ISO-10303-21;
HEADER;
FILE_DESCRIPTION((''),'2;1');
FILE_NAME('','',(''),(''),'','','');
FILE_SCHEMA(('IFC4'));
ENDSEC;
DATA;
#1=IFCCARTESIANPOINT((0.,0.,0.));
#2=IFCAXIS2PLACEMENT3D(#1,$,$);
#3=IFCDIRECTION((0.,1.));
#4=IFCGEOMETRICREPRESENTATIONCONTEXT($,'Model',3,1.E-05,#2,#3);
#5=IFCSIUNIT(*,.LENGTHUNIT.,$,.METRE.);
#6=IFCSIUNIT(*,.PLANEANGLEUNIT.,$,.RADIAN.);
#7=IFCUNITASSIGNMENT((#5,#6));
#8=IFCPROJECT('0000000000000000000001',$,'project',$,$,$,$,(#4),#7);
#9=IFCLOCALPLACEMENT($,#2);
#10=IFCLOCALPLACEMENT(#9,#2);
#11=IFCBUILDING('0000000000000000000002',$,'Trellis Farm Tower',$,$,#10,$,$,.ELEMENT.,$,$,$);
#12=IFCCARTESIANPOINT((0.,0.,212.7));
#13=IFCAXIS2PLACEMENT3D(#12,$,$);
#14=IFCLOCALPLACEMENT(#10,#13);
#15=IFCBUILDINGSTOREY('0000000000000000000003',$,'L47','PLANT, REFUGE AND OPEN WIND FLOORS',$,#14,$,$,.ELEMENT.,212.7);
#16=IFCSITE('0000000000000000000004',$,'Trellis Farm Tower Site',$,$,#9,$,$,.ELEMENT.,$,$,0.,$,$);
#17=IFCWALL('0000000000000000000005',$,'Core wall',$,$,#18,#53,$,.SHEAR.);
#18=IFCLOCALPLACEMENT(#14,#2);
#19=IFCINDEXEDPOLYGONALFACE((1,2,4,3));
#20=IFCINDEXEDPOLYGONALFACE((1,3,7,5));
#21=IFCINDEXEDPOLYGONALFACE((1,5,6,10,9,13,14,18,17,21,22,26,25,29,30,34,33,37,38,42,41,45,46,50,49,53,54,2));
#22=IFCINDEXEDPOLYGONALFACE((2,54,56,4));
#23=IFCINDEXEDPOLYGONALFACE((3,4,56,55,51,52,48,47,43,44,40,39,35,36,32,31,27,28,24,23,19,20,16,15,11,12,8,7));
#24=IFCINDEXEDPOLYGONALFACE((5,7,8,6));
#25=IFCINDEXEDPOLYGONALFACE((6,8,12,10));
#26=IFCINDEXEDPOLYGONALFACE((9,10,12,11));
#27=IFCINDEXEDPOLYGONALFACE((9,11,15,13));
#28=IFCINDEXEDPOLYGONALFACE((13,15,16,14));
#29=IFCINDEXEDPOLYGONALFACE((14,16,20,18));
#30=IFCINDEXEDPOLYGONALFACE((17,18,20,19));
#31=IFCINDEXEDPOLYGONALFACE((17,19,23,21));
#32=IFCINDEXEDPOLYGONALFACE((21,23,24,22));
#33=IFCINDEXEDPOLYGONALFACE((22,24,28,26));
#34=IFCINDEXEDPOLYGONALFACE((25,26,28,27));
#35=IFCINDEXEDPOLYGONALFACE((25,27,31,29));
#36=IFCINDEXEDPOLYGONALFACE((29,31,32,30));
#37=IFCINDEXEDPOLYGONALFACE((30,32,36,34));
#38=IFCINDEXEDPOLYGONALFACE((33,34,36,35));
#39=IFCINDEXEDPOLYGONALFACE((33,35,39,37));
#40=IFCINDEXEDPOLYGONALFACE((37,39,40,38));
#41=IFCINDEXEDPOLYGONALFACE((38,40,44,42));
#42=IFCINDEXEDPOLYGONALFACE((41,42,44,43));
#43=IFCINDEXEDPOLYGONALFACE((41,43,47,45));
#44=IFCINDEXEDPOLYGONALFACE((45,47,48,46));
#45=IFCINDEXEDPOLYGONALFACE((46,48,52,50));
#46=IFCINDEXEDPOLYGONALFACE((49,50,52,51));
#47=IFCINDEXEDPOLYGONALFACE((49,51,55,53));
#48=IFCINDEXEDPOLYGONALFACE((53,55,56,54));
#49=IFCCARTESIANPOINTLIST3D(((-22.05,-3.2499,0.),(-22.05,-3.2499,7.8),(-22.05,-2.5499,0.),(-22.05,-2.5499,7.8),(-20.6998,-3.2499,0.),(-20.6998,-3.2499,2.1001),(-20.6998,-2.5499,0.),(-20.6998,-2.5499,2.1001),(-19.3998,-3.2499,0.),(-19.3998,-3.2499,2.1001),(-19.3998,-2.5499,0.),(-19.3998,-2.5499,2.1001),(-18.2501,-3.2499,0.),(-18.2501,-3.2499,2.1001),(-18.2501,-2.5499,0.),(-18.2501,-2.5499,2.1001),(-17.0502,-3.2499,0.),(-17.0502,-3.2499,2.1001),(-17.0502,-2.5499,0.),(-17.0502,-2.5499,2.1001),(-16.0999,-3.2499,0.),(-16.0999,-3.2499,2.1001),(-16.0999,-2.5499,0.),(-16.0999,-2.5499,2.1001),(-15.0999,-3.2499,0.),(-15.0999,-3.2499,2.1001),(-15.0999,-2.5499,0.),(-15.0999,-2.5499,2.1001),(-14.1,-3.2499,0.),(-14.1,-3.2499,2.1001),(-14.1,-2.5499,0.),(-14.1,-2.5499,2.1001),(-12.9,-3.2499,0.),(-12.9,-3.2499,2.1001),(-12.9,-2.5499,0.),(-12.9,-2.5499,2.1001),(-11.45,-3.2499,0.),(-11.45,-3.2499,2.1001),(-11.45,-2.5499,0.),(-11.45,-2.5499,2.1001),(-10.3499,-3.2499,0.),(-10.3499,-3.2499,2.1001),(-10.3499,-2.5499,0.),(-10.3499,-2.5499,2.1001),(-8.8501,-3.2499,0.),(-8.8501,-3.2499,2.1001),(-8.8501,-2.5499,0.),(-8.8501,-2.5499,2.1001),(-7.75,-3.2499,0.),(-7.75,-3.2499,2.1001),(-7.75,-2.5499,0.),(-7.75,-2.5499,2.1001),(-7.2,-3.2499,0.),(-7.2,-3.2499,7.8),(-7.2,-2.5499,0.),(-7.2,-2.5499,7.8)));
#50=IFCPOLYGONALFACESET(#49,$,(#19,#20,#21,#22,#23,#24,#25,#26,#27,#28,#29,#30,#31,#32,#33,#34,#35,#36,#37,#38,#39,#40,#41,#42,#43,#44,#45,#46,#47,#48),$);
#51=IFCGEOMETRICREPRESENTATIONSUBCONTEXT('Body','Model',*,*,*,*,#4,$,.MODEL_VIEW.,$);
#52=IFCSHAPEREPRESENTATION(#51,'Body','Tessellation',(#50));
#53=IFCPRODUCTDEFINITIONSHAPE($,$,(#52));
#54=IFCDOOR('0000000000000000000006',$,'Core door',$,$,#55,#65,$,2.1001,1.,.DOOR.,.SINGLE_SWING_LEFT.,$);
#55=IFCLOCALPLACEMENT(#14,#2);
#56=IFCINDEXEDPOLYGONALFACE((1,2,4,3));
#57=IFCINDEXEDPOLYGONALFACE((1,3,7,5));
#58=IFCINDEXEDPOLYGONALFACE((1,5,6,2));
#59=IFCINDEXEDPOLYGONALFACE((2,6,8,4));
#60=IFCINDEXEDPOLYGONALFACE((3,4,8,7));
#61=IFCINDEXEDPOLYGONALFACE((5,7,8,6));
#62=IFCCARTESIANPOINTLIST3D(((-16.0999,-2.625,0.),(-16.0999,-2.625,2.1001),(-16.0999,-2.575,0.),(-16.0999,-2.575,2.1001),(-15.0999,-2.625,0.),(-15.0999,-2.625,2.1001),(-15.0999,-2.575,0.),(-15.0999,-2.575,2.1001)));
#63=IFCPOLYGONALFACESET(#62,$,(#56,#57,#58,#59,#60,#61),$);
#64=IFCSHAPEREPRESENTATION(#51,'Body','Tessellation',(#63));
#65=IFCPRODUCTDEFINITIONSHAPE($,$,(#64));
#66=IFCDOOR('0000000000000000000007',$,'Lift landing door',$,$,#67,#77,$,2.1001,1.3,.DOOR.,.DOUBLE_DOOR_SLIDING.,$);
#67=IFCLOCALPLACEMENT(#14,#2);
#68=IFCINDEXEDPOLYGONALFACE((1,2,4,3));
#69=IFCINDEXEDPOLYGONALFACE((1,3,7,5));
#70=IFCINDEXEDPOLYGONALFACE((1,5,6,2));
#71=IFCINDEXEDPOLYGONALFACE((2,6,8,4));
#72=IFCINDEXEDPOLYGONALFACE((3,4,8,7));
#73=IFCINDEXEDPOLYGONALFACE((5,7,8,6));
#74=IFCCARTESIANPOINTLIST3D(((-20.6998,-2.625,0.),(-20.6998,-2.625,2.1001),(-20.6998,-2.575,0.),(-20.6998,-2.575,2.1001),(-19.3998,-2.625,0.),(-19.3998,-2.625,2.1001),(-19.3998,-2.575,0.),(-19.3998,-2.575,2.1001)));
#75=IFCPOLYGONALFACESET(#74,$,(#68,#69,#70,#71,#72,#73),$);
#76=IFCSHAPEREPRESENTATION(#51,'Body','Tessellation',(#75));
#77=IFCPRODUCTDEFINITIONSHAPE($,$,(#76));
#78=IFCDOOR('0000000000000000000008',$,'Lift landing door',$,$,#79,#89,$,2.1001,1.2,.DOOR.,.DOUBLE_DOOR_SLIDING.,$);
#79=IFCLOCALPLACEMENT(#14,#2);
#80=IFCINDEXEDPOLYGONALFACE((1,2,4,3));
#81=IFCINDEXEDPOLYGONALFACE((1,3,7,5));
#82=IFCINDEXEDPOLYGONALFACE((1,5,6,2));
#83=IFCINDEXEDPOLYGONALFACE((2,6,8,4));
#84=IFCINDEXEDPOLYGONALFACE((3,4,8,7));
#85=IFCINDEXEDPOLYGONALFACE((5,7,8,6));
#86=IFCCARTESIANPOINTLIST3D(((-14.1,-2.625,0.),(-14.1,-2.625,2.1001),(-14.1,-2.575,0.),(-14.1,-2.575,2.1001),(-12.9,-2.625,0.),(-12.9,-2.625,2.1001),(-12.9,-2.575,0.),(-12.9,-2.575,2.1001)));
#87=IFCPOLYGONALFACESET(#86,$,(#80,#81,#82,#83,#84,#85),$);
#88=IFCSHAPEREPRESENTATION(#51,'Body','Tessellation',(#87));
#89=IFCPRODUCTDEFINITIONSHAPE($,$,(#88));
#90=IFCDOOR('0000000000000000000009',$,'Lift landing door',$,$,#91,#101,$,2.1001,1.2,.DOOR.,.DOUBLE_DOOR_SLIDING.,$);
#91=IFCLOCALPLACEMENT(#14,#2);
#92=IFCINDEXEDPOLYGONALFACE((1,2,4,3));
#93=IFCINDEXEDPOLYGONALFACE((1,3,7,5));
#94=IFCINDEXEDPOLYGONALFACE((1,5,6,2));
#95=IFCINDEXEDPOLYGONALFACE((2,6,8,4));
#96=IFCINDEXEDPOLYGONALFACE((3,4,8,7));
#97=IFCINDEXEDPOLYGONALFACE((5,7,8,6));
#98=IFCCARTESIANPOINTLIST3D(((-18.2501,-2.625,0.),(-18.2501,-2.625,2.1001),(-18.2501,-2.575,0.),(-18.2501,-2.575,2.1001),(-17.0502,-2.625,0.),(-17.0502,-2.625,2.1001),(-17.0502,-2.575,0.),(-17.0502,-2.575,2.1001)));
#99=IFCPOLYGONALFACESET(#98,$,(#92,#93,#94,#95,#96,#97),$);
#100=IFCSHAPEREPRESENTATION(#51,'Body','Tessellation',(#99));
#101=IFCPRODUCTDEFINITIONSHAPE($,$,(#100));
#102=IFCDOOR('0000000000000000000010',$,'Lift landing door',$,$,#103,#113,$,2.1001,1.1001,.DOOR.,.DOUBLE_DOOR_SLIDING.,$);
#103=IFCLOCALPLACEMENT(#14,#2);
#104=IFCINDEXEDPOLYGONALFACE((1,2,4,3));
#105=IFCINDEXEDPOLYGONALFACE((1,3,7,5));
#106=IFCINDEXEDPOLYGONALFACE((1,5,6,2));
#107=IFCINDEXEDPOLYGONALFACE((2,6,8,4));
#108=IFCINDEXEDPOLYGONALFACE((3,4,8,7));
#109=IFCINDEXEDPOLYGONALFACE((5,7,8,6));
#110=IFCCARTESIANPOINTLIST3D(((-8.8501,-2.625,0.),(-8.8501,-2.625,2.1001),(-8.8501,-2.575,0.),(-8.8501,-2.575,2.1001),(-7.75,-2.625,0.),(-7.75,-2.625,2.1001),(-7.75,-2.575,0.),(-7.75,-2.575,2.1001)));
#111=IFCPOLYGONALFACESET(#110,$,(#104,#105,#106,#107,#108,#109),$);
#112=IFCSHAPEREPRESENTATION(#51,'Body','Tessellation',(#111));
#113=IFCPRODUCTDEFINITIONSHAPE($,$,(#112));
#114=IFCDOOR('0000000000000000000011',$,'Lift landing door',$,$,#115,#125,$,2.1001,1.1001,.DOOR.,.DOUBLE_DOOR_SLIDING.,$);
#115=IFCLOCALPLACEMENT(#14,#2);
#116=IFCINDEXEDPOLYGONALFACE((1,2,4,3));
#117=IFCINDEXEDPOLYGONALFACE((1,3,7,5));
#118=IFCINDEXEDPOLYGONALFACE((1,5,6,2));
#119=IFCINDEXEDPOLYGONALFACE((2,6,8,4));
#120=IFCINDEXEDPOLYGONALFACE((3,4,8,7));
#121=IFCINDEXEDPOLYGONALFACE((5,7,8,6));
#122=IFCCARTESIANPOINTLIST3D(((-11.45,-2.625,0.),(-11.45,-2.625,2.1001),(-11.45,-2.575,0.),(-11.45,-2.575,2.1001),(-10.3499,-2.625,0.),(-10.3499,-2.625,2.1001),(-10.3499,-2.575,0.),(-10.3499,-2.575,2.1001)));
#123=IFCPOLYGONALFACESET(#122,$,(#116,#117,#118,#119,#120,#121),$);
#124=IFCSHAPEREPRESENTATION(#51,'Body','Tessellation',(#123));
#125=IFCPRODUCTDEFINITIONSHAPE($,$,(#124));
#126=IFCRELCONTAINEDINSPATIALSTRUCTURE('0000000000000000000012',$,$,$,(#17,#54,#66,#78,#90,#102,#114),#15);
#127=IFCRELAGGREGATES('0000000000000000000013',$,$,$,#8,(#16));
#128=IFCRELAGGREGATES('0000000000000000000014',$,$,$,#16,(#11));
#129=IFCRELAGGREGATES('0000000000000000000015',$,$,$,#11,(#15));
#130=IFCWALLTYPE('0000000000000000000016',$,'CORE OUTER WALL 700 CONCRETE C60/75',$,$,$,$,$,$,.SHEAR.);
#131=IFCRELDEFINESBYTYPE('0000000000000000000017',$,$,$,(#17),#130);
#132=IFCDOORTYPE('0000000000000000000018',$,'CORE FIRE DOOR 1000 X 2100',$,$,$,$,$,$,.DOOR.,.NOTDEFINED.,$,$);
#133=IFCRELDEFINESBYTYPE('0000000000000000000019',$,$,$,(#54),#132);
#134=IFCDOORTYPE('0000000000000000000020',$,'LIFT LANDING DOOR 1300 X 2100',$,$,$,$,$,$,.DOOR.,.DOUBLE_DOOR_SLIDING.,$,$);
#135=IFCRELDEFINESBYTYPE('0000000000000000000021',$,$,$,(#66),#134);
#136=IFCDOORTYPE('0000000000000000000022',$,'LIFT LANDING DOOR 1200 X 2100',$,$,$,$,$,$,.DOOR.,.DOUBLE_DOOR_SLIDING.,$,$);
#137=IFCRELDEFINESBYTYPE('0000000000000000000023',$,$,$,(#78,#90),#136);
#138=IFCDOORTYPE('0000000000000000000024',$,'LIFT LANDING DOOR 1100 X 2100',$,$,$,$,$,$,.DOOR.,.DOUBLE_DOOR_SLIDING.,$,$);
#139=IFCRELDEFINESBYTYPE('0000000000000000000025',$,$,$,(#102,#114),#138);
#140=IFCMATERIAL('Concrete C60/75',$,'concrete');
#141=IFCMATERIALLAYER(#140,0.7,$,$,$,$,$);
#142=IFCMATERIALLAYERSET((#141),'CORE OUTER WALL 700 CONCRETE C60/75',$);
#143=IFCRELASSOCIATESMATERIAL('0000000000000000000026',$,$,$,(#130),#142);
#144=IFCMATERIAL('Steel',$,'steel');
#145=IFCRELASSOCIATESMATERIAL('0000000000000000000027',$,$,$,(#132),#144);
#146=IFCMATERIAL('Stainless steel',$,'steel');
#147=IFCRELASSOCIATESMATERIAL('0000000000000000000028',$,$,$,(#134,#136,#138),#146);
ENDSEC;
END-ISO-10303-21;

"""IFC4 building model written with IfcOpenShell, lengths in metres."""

from ifc_helpers import new_model, si_unit, direction, frame, frame_2d, origin, place, context, subcontext, project, spatial, rectangle, extrude, source, transform, mapped, material, layer, layer_set, type_object, element, fill, save


model = new_model("IFC4")

# Units and contexts
model_context = context("Model", 3, precision=1e-05, world=origin(), true_north=direction((0.0, 1.0)))
body_context = subcontext(model_context, "Body", "Model", "MODEL_VIEW")
ifc_project = project(units=[si_unit("LENGTHUNIT", "METRE"), si_unit("PLANEANGLEUNIT", "RADIAN")], contexts=[model_context])

# Site, building, storey
site_placement = place(None, origin())
site = spatial("IfcSite", under=ifc_project, at=site_placement, Name="Trellis Farm Tower Site", CompositionType="ELEMENT", RefElevation=0.0)
building_placement = place(site_placement, origin())
building = spatial("IfcBuilding", under=site, at=building_placement, Name="Trellis Farm Tower", CompositionType="ELEMENT")
storey_placement = place(building_placement, frame((0.0, 0.0, 212.7)))
storey = spatial("IfcBuildingStorey", under=building, at=storey_placement, Name="L47", Description="PLANT, REFUGE AND OPEN WIND FLOORS", CompositionType="ELEMENT", Elevation=212.7)

# Shared definitions
ifc_material_1 = material(Name="Concrete C60/75", Category="concrete")

# Shared definitions
ifc_material_2 = material(Name="Steel", Category="steel")

# Wall, openings, doors
ifc_layer_1 = layer(ifc_material_1, 0.7)
ifc_layer_set_1 = layer_set([ifc_layer_1], Name="CORE OUTER WALL 700 CONCRETE C60/75")
wall_type_1 = type_object("IfcWallType", Name="CORE OUTER WALL 700 CONCRETE C60/75", PredefinedType="SHEAR", material=ifc_layer_set_1)
shared_shape_1 = source(origin(), body_context, "Body", "SweptSolid", [
    extrude(rectangle(XDim=14.8501, YDim=0.7, at=frame_2d((7.425, 0.0))), origin(), (0.0, 0.0, 1.0), 7.8),
])
wall_1_placement = place(storey_placement, frame((-7.2, -2.8999, 0.0), z_axis=(0.0, 0.0, 1.0), x_axis=(-1.0, 0.0, 0.0)))
wall_1 = element("IfcWall", 1, at=wall_1_placement, inside=storey, type_object=wall_type_1, Name="Core wall", PredefinedType="SHEAR", context=body_context, shape_type="MappedRepresentation", body=[
    mapped(shared_shape_1, transform((0.0, 0.0, 0.0))),
])
shared_shape_2 = source(origin(), body_context, "Body", "SweptSolid", [
    extrude(rectangle(XDim=1.1001, YDim=2.1001, at=frame_2d((0.55, 1.05))), frame((0.0, 0.3601, 0.0), z_axis=(0.0, -1.0, 0.0), x_axis=(1.0, 0.0, 0.0)), (0.0, 0.0, 1.0), 0.7202),
])
opening_1_placement = place(wall_1_placement, frame((0.55, 0.0, 0.0)))
opening_1 = element("IfcOpeningElement", 2, at=opening_1_placement, cuts=wall_1, PredefinedType="OPENING", context=body_context, shape_type="MappedRepresentation", body=[
    mapped(shared_shape_2, transform((0.0, 0.0, 0.0))),
])
opening_2_placement = place(wall_1_placement, frame((3.1499, 0.0, 0.0)))
opening_2 = element("IfcOpeningElement", 3, at=opening_2_placement, cuts=wall_1, PredefinedType="OPENING", context=body_context, shape_type="MappedRepresentation", body=[
    mapped(shared_shape_2, transform((0.0, 0.0, 0.0))),
])
shared_shape_3 = source(origin(), body_context, "Body", "SweptSolid", [
    extrude(rectangle(XDim=1.2, YDim=2.1001, at=frame_2d((0.6001, 1.05))), frame((0.0, 0.3601, 0.0), z_axis=(0.0, -1.0, 0.0), x_axis=(1.0, 0.0, 0.0)), (0.0, 0.0, 1.0), 0.7202),
])
opening_3_placement = place(wall_1_placement, frame((5.7, 0.0, 0.0)))
opening_3 = element("IfcOpeningElement", 4, at=opening_3_placement, cuts=wall_1, PredefinedType="OPENING", context=body_context, shape_type="MappedRepresentation", body=[
    mapped(shared_shape_3, transform((0.0, 0.0, 0.0))),
])
shared_shape_4 = source(origin(), body_context, "Body", "SweptSolid", [
    extrude(rectangle(XDim=1.3, YDim=2.1001, at=frame_2d((0.6499, 1.05))), frame((0.0, 0.3601, 0.0), z_axis=(0.0, -1.0, 0.0), x_axis=(1.0, 0.0, 0.0)), (0.0, 0.0, 1.0), 0.7202),
])
opening_4_placement = place(wall_1_placement, frame((12.2, 0.0, 0.0)))
opening_4 = element("IfcOpeningElement", 5, at=opening_4_placement, cuts=wall_1, PredefinedType="OPENING", context=body_context, shape_type="MappedRepresentation", body=[
    mapped(shared_shape_4, transform((0.0, 0.0, 0.0))),
])
opening_5_placement = place(wall_1_placement, frame((9.8501, 0.0, 0.0)))
opening_5 = element("IfcOpeningElement", 6, at=opening_5_placement, cuts=wall_1, PredefinedType="OPENING", context=body_context, shape_type="MappedRepresentation", body=[
    mapped(shared_shape_3, transform((0.0, 0.0, 0.0))),
])
shared_shape_5 = source(origin(), body_context, "Body", "SweptSolid", [
    extrude(rectangle(XDim=1.0, YDim=2.1001, at=frame_2d((0.5, 1.05))), frame((0.0, 0.3601, 0.0), z_axis=(0.0, -1.0, 0.0), x_axis=(1.0, 0.0, 0.0)), (0.0, 0.0, 1.0), 0.7202),
])
opening_6_placement = place(wall_1_placement, frame((7.8999, 0.0, 0.0)))
opening_6 = element("IfcOpeningElement", 7, at=opening_6_placement, cuts=wall_1, PredefinedType="OPENING", context=body_context, shape_type="MappedRepresentation", body=[
    mapped(shared_shape_5, transform((0.0, 0.0, 0.0))),
])
door_type_1 = type_object("IfcDoorType", Name="CORE FIRE DOOR 1000 X 2100", OperationType="NOTDEFINED", PredefinedType="DOOR", material=ifc_material_2)
shared_shape_6 = source(origin(), body_context, "Body", "SweptSolid", [
    extrude(rectangle(XDim=1.0, YDim=2.1001, at=frame_2d((0.5, 1.05))), frame((0.0, -0.2749, 0.0), z_axis=(0.0, -1.0, 0.0), x_axis=(1.0, 0.0, 0.0)), (0.0, 0.0, 1.0), 0.05),
])
door_1_placement = place(opening_6_placement, origin())
door_1 = element("IfcDoor", 8, at=door_1_placement, inside=storey, type_object=door_type_1, Name="Core door", OperationType="SINGLE_SWING_LEFT", OverallHeight=2.1001, OverallWidth=1.0, PredefinedType="DOOR", context=body_context, shape_type="MappedRepresentation", body=[
    mapped(shared_shape_6, transform((0.0, 0.0, 0.0))),
])
fill(opening_6, door_1)
ifc_material_3 = material(Name="Stainless steel", Category="steel")
door_type_2 = type_object("IfcDoorType", Name="LIFT LANDING DOOR 1300 X 2100", OperationType="DOUBLE_DOOR_SLIDING", PredefinedType="DOOR", material=ifc_material_3)
shared_shape_7 = source(origin(), body_context, "Body", "SweptSolid", [
    extrude(rectangle(XDim=1.3, YDim=2.1001, at=frame_2d((0.6499, 1.05))), frame((0.0, -0.2749, 0.0), z_axis=(0.0, -1.0, 0.0), x_axis=(1.0, 0.0, 0.0)), (0.0, 0.0, 1.0), 0.05),
])
door_2_placement = place(opening_4_placement, origin())
door_2 = element("IfcDoor", 9, at=door_2_placement, inside=storey, type_object=door_type_2, Name="Lift landing door", OperationType="DOUBLE_DOOR_SLIDING", OverallHeight=2.1001, OverallWidth=1.3, PredefinedType="DOOR", context=body_context, shape_type="MappedRepresentation", body=[
    mapped(shared_shape_7, transform((0.0, 0.0, 0.0))),
])
fill(opening_4, door_2)
door_type_3 = type_object("IfcDoorType", Name="LIFT LANDING DOOR 1200 X 2100", OperationType="DOUBLE_DOOR_SLIDING", PredefinedType="DOOR", material=ifc_material_3)
shared_shape_8 = source(origin(), body_context, "Body", "SweptSolid", [
    extrude(rectangle(XDim=1.2, YDim=2.1001, at=frame_2d((0.6001, 1.05))), frame((0.0, -0.2749, 0.0), z_axis=(0.0, -1.0, 0.0), x_axis=(1.0, 0.0, 0.0)), (0.0, 0.0, 1.0), 0.05),
])
door_3_placement = place(opening_3_placement, origin())
door_3 = element("IfcDoor", 10, at=door_3_placement, inside=storey, type_object=door_type_3, Name="Lift landing door", OperationType="DOUBLE_DOOR_SLIDING", OverallHeight=2.1001, OverallWidth=1.2, PredefinedType="DOOR", context=body_context, shape_type="MappedRepresentation", body=[
    mapped(shared_shape_8, transform((0.0, 0.0, 0.0))),
])
fill(opening_3, door_3)
door_4_placement = place(opening_5_placement, origin())
door_4 = element("IfcDoor", 11, at=door_4_placement, inside=storey, type_object=door_type_3, Name="Lift landing door", OperationType="DOUBLE_DOOR_SLIDING", OverallHeight=2.1001, OverallWidth=1.2, PredefinedType="DOOR", context=body_context, shape_type="MappedRepresentation", body=[
    mapped(shared_shape_8, transform((0.0, 0.0, 0.0))),
])
fill(opening_5, door_4)
door_type_4 = type_object("IfcDoorType", Name="LIFT LANDING DOOR 1100 X 2100", OperationType="DOUBLE_DOOR_SLIDING", PredefinedType="DOOR", material=ifc_material_3)
shared_shape_9 = source(origin(), body_context, "Body", "SweptSolid", [
    extrude(rectangle(XDim=1.1001, YDim=2.1001, at=frame_2d((0.55, 1.05))), frame((0.0, -0.2749, 0.0), z_axis=(0.0, -1.0, 0.0), x_axis=(1.0, 0.0, 0.0)), (0.0, 0.0, 1.0), 0.05),
])
door_5_placement = place(opening_1_placement, origin())
door_5 = element("IfcDoor", 12, at=door_5_placement, inside=storey, type_object=door_type_4, Name="Lift landing door", OperationType="DOUBLE_DOOR_SLIDING", OverallHeight=2.1001, OverallWidth=1.1001, PredefinedType="DOOR", context=body_context, shape_type="MappedRepresentation", body=[
    mapped(shared_shape_9, transform((0.0, 0.0, 0.0))),
])
fill(opening_1, door_5)
door_6_placement = place(opening_2_placement, origin())
door_6 = element("IfcDoor", 13, at=door_6_placement, inside=storey, type_object=door_type_4, Name="Lift landing door", OperationType="DOUBLE_DOOR_SLIDING", OverallHeight=2.1001, OverallWidth=1.1001, PredefinedType="DOOR", context=body_context, shape_type="MappedRepresentation", body=[
    mapped(shared_shape_9, transform((0.0, 0.0, 0.0))),
])
fill(opening_2, door_6)

save(model, "model.ifc")
